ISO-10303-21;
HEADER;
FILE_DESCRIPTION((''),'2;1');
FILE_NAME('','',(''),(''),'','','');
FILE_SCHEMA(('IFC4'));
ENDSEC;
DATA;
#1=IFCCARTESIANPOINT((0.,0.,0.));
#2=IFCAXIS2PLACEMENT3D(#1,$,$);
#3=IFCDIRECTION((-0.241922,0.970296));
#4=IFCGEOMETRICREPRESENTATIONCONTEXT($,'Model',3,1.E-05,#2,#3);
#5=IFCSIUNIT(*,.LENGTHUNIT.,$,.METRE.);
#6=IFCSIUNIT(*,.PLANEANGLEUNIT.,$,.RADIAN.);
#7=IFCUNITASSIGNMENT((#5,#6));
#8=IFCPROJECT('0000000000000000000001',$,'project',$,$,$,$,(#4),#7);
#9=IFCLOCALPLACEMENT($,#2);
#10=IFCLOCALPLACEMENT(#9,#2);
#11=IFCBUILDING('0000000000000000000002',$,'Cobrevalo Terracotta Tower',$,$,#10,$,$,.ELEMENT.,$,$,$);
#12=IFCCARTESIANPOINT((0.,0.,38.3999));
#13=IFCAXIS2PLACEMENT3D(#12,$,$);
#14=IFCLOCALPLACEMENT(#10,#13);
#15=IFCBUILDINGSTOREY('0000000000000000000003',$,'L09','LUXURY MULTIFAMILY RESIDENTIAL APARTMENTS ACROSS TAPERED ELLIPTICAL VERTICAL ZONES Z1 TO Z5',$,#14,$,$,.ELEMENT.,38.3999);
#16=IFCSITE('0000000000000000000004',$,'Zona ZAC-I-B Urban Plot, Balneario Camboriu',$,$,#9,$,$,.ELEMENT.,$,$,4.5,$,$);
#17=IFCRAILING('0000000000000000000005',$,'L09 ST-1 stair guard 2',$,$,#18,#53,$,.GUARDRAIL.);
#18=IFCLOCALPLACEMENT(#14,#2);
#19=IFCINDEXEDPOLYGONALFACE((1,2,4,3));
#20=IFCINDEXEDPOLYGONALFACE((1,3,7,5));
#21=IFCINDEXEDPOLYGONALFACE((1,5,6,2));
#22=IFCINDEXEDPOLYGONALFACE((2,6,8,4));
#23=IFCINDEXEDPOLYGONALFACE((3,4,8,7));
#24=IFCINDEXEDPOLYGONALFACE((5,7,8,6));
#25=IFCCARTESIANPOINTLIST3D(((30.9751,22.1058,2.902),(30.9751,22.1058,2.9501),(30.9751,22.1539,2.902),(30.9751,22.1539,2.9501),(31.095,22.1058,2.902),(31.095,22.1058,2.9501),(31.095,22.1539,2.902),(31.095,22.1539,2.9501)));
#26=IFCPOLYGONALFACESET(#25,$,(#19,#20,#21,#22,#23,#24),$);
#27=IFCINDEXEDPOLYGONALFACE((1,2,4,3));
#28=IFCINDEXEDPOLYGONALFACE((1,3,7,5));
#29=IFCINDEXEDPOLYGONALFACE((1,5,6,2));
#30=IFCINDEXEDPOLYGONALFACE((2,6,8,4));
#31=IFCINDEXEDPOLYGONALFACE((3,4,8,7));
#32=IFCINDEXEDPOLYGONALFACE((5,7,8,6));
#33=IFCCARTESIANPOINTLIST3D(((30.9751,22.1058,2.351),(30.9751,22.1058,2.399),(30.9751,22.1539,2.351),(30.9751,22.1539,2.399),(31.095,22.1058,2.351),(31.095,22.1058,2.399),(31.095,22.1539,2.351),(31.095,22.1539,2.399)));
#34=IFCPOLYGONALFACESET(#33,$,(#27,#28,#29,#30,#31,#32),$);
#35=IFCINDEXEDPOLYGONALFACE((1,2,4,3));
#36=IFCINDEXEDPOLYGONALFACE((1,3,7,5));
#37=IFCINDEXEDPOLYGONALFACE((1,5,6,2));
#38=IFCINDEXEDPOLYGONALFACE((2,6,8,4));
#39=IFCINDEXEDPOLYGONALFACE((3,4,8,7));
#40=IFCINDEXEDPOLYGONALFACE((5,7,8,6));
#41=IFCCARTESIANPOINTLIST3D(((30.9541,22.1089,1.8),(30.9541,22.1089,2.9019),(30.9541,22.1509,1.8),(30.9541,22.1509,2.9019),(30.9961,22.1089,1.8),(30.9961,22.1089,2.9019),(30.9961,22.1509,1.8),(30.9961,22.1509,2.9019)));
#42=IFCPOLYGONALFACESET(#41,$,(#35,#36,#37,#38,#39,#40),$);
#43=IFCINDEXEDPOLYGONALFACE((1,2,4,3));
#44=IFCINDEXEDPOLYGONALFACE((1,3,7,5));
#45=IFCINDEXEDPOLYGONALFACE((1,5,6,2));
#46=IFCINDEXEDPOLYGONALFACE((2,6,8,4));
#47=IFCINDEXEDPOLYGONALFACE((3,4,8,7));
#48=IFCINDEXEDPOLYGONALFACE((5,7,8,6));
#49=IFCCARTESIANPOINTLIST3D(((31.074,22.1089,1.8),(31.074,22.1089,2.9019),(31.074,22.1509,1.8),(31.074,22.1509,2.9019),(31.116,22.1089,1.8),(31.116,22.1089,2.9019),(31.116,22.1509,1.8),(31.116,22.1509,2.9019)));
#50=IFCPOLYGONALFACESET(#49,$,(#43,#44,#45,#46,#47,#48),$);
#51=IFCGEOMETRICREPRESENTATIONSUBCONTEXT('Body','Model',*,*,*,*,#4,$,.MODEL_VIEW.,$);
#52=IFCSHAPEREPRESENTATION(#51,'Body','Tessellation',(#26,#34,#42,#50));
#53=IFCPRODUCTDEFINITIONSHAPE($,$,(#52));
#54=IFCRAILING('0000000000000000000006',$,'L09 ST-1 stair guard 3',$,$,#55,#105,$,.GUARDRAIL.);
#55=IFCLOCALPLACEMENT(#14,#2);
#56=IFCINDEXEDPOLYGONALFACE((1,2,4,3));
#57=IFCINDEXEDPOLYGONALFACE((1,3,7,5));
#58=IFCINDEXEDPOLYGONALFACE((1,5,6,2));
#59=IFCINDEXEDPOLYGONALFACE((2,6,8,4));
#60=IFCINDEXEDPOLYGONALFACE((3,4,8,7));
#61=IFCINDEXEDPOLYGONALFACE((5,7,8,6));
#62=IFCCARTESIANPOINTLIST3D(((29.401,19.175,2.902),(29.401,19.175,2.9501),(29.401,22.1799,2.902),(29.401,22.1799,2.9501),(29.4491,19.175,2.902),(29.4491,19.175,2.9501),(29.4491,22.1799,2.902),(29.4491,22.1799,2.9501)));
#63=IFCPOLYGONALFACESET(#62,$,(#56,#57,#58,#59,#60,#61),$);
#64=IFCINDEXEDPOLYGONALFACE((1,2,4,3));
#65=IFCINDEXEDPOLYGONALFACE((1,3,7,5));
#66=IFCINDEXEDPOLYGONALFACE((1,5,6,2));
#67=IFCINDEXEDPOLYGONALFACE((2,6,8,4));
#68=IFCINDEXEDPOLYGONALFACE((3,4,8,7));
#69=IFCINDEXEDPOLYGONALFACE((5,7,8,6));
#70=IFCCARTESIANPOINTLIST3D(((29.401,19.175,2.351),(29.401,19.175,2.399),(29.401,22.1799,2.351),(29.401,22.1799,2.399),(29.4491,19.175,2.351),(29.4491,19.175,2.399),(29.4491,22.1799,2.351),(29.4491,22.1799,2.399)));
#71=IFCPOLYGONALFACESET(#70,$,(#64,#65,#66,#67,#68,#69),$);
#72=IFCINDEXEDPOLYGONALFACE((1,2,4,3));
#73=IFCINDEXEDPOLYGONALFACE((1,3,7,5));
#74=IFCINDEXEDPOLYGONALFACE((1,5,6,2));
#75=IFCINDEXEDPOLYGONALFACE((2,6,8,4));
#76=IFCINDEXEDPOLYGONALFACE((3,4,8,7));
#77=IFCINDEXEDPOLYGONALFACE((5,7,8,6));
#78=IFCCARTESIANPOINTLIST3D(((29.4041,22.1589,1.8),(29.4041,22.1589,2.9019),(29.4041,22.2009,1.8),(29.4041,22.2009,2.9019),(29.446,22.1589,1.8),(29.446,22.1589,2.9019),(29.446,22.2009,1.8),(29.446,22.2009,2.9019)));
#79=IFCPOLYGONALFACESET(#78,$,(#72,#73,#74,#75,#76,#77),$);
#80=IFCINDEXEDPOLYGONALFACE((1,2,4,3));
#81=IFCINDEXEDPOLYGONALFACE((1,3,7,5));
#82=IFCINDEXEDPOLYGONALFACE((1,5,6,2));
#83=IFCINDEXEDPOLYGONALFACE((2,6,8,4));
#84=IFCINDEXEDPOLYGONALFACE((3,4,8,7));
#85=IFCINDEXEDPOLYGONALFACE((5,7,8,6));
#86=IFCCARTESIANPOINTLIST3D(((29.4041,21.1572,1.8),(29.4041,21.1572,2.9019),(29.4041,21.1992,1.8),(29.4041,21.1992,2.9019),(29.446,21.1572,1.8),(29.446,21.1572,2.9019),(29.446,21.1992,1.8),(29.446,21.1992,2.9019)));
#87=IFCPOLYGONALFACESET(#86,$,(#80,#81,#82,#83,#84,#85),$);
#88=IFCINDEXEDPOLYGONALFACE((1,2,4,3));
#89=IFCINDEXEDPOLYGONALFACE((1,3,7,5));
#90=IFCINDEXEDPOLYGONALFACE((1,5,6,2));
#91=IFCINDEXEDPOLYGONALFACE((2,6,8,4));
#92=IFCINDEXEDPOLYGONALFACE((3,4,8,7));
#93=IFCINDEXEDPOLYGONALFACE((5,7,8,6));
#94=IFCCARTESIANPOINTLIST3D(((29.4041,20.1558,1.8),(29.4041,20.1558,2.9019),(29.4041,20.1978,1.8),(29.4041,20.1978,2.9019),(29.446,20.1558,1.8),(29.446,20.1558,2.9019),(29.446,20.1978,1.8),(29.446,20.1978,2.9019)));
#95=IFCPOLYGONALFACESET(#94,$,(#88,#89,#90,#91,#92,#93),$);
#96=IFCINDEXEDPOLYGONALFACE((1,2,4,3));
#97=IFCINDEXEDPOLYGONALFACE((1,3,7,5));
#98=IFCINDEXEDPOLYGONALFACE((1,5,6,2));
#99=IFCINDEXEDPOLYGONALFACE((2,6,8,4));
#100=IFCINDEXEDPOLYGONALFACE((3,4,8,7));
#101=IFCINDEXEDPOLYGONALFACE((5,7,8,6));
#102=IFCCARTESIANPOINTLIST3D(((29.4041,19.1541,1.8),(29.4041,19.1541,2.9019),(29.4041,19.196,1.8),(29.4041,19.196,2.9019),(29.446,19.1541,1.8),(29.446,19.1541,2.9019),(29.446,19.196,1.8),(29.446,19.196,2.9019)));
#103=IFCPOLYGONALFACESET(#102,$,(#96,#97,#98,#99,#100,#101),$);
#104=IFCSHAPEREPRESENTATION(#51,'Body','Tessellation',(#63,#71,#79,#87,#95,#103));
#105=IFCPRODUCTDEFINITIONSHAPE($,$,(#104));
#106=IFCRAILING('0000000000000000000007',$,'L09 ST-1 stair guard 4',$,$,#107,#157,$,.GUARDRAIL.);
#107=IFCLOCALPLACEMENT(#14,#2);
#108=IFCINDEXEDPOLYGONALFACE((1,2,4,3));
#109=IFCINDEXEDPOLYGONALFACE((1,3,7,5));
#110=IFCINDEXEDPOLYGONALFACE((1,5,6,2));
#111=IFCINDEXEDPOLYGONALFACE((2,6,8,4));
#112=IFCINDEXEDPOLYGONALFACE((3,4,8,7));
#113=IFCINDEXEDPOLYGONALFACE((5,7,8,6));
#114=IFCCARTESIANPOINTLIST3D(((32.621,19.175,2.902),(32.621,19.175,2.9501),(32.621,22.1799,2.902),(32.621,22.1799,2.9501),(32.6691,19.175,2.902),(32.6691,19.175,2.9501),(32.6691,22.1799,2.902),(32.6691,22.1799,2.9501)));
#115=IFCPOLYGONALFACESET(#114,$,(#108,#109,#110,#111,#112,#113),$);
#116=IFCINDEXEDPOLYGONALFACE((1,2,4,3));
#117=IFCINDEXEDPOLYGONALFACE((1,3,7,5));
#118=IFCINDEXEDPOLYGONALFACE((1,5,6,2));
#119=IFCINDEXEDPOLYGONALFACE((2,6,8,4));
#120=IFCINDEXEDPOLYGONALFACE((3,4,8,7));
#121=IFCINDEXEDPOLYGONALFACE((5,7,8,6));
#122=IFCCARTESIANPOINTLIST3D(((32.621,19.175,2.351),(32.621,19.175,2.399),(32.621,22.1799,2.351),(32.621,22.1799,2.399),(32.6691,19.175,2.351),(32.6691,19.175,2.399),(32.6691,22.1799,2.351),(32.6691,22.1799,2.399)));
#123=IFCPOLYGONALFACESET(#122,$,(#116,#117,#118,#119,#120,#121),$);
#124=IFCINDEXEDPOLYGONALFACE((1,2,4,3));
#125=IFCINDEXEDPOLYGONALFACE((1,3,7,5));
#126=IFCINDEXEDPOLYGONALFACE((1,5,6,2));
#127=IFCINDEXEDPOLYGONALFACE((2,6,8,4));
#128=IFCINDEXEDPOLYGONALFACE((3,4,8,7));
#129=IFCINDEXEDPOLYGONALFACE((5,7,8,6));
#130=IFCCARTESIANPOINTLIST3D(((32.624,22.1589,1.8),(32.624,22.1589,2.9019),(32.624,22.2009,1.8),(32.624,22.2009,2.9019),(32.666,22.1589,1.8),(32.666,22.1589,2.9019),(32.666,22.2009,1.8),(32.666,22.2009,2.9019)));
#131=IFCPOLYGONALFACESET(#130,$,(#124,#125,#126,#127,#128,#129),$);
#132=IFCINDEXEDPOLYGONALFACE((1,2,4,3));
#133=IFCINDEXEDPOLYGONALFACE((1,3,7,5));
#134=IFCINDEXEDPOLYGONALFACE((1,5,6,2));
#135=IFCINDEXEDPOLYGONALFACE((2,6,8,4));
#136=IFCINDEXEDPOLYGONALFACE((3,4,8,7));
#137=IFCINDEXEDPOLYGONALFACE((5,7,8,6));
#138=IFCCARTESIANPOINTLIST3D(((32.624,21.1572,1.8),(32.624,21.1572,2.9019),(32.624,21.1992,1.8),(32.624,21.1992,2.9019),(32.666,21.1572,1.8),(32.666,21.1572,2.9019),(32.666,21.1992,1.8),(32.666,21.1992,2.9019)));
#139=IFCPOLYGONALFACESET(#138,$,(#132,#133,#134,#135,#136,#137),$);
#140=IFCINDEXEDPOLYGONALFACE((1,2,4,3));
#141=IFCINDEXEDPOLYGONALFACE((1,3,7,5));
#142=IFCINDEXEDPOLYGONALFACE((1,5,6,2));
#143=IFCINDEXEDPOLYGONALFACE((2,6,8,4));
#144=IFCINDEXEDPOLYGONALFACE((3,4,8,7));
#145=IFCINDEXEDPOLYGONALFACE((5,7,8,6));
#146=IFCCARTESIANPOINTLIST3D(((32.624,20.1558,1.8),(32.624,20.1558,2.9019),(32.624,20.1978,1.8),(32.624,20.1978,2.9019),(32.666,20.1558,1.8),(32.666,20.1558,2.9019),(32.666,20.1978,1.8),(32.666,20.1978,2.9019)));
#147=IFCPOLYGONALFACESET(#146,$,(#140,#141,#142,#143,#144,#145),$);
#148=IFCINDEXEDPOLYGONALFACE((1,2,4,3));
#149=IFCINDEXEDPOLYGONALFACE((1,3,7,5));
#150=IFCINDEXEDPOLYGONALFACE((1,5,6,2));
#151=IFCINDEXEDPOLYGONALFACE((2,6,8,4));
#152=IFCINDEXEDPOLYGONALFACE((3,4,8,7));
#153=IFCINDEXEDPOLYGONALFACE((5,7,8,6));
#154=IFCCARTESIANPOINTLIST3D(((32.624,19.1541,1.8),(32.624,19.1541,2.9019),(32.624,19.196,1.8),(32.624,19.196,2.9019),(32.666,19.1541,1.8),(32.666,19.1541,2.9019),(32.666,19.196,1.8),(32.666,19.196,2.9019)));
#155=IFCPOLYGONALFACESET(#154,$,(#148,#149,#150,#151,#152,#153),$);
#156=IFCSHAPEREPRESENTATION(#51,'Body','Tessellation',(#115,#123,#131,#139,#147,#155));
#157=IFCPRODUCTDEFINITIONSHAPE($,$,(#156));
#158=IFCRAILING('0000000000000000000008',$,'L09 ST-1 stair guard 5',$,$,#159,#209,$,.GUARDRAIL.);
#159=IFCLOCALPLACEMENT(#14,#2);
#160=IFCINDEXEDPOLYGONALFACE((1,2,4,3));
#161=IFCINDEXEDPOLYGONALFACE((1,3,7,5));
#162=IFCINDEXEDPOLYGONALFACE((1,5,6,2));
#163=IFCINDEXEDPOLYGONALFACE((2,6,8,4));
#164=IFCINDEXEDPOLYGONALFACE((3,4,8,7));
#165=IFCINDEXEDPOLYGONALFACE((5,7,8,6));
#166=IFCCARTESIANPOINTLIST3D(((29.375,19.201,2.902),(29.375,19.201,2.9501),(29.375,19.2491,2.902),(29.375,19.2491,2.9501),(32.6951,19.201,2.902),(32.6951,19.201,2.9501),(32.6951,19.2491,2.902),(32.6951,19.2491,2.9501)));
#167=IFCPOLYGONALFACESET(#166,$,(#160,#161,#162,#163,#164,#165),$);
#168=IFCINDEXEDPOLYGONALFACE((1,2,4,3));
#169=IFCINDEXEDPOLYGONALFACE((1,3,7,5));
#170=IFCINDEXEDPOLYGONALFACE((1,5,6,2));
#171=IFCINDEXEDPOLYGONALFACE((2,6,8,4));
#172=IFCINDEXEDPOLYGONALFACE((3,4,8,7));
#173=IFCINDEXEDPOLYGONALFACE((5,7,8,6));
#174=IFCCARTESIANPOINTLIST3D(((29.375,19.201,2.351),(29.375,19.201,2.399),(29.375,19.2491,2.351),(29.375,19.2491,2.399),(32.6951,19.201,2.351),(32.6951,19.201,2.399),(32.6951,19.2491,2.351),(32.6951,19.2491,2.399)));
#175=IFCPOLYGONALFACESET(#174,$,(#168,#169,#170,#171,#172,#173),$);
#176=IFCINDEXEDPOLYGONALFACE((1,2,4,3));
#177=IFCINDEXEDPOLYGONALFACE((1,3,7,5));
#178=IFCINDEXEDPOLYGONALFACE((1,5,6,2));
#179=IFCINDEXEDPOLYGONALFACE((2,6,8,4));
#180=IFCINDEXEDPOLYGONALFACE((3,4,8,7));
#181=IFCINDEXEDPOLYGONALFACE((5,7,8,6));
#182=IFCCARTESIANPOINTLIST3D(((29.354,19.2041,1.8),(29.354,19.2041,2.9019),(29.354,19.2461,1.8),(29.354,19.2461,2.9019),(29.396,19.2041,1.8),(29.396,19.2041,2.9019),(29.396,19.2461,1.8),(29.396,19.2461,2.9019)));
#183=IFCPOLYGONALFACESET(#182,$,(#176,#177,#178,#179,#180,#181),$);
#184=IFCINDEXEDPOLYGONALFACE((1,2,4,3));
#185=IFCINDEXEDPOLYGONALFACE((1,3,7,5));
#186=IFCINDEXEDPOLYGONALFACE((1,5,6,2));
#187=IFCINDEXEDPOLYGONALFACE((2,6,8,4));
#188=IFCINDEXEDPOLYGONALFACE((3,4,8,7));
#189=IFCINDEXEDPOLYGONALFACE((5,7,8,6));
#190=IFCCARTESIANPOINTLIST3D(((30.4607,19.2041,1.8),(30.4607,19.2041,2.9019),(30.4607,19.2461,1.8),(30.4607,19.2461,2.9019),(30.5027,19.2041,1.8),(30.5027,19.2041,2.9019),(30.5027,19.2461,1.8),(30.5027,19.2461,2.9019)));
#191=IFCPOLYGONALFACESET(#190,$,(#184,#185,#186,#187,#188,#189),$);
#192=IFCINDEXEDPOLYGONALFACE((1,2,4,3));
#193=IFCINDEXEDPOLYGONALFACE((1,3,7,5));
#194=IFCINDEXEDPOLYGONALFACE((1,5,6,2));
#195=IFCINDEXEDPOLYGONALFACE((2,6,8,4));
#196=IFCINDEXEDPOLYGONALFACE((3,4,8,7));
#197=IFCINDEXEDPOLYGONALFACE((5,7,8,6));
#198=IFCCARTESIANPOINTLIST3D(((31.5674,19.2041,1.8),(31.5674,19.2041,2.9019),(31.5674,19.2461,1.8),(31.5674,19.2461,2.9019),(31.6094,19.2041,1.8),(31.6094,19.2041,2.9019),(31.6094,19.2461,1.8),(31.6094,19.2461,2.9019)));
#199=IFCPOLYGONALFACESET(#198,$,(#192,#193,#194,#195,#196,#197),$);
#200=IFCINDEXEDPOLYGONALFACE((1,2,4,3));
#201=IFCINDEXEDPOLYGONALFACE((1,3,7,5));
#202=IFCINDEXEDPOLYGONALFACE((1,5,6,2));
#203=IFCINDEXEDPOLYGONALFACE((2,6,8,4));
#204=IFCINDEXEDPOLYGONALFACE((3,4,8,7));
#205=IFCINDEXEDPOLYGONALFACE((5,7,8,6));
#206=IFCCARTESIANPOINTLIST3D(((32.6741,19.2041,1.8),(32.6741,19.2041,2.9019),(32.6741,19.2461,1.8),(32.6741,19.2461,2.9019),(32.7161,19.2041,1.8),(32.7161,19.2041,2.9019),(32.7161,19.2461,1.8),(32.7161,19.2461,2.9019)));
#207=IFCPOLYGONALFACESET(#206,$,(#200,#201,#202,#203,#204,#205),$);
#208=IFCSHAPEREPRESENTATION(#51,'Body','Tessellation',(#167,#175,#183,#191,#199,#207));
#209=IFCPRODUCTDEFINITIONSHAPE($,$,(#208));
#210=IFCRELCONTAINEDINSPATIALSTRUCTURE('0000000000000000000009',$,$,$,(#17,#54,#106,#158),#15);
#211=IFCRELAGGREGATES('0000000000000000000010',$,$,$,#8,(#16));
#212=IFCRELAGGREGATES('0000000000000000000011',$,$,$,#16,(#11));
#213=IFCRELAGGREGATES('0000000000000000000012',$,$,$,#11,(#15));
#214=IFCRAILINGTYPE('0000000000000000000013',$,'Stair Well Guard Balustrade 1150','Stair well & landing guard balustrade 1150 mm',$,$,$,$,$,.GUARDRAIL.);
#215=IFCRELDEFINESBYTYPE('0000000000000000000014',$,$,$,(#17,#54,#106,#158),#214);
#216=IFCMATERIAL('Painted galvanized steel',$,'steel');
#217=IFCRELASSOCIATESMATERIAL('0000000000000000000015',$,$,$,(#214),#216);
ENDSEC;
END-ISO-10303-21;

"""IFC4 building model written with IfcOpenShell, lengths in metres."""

from ifc_helpers import new_model, si_unit, direction, frame, origin, origin_2d, place, context, subcontext, project, spatial, rectangle, extrude, material, type_object, element, save


model = new_model("IFC4")

# Units and contexts
model_context = context("Model", 3, precision=1e-05, world=origin(), true_north=direction((-0.241922, 0.970296)))
body_context = subcontext(model_context, "Body", "Model", "MODEL_VIEW")
ifc_project = project(units=[si_unit("LENGTHUNIT", "METRE"), si_unit("PLANEANGLEUNIT", "RADIAN")], contexts=[model_context])

# Site, building, storey
site_placement = place(None, origin())
site = spatial("IfcSite", under=ifc_project, at=site_placement, Name="Zona ZAC-I-B Urban Plot, Balneario Camboriu", CompositionType="ELEMENT", RefElevation=4.5)
building_placement = place(site_placement, origin())
building = spatial("IfcBuilding", under=site, at=building_placement, Name="Cobrevalo Terracotta Tower", CompositionType="ELEMENT")
storey_placement = place(building_placement, frame((0.0, 0.0, 38.3999)))
storey = spatial("IfcBuildingStorey", under=building, at=storey_placement, Name="L09", Description="LUXURY MULTIFAMILY RESIDENTIAL APARTMENTS ACROSS TAPERED ELLIPTICAL VERTICAL ZONES Z1 TO Z5", CompositionType="ELEMENT", Elevation=38.3999)

# Railings
ifc_material_1 = material(Name="Painted galvanized steel", Category="steel")
railing_type_1 = type_object("IfcRailingType", Name="Stair Well Guard Balustrade 1150", Description="Stair well & landing guard balustrade 1150 mm", PredefinedType="GUARDRAIL", material=ifc_material_1)
railing_1_placement = place(storey_placement, frame((30.9751, 22.1299, 1.8)))
element("IfcRailing", 1, at=railing_1_placement, inside=storey, type_object=railing_type_1, Name="L09 ST-1 stair guard 2", PredefinedType="GUARDRAIL", context=body_context, shape_type="SweptSolid", body=[
    extrude(rectangle(XDim=0.0481, YDim=0.0481, at=origin_2d()), frame((0.0, 0.0, 1.126), z_axis=(1.0, 0.0, 0.0), x_axis=(0.0, 1.0, 0.0)), (0.0, 0.0, 1.0), 0.1199),
    extrude(rectangle(XDim=0.0481, YDim=0.0481, at=origin_2d()), frame((0.0, 0.0, 0.575), z_axis=(1.0, 0.0, 0.0), x_axis=(0.0, 1.0, 0.0)), (0.0, 0.0, 1.0), 0.1199),
    extrude(rectangle(XDim=0.042, YDim=0.042, at=origin_2d()), origin(), (0.0, 0.0, 1.0), 1.1018),
    extrude(rectangle(XDim=0.042, YDim=0.042, at=origin_2d()), frame((0.1199, 0.0, 0.0)), (0.0, 0.0, 1.0), 1.1018),
])
for number, where, name in (
    (2, (29.425, 22.1799, 1.8), "L09 ST-1 stair guard 3"),
    (3, (32.645, 22.1799, 1.8), "L09 ST-1 stair guard 4"),
):
    element("IfcRailing", number, at=place(storey_placement, frame(where)), inside=storey, type_object=railing_type_1, Name=name, PredefinedType="GUARDRAIL", context=body_context, shape_type="SweptSolid", body=[
        extrude(rectangle(XDim=0.0481, YDim=0.0481, at=origin_2d()), frame((0.0, 0.0, 1.126), z_axis=(0.0, -1.0, 0.0), x_axis=(1.0, 0.0, 0.0)), (0.0, 0.0, 1.0), 3.0049),
        extrude(rectangle(XDim=0.0481, YDim=0.0481, at=origin_2d()), frame((0.0, 0.0, 0.575), z_axis=(0.0, -1.0, 0.0), x_axis=(1.0, 0.0, 0.0)), (0.0, 0.0, 1.0), 3.0049),
        extrude(rectangle(XDim=0.042, YDim=0.042, at=origin_2d()), origin(), (0.0, 0.0, 1.0), 1.1018),
        extrude(rectangle(XDim=0.042, YDim=0.042, at=origin_2d()), frame((0.0, -1.0017, 0.0)), (0.0, 0.0, 1.0), 1.1018),
        extrude(rectangle(XDim=0.042, YDim=0.042, at=origin_2d()), frame((0.0, -2.0032, 0.0)), (0.0, 0.0, 1.0), 1.1018),
        extrude(rectangle(XDim=0.042, YDim=0.042, at=origin_2d()), frame((0.0, -3.0049, 0.0)), (0.0, 0.0, 1.0), 1.1018),
    ])
railing_2_placement = place(storey_placement, frame((29.375, 19.2251, 1.8)))
element("IfcRailing", 4, at=railing_2_placement, inside=storey, type_object=railing_type_1, Name="L09 ST-1 stair guard 5", PredefinedType="GUARDRAIL", context=body_context, shape_type="SweptSolid", body=[
    extrude(rectangle(XDim=0.0481, YDim=0.0481, at=origin_2d()), frame((0.0, 0.0, 1.126), z_axis=(1.0, 0.0, 0.0), x_axis=(0.0, 1.0, 0.0)), (0.0, 0.0, 1.0), 3.3201),
    extrude(rectangle(XDim=0.0481, YDim=0.0481, at=origin_2d()), frame((0.0, 0.0, 0.575), z_axis=(1.0, 0.0, 0.0), x_axis=(0.0, 1.0, 0.0)), (0.0, 0.0, 1.0), 3.3201),
    extrude(rectangle(XDim=0.042, YDim=0.042, at=origin_2d()), origin(), (0.0, 0.0, 1.0), 1.1018),
    extrude(rectangle(XDim=0.042, YDim=0.042, at=origin_2d()), frame((1.1067, 0.0, 0.0)), (0.0, 0.0, 1.0), 1.1018),
    extrude(rectangle(XDim=0.042, YDim=0.042, at=origin_2d()), frame((2.2134, 0.0, 0.0)), (0.0, 0.0, 1.0), 1.1018),
    extrude(rectangle(XDim=0.042, YDim=0.042, at=origin_2d()), frame((3.3201, 0.0, 0.0)), (0.0, 0.0, 1.0), 1.1018),
])

save(model, "model.ifc")
